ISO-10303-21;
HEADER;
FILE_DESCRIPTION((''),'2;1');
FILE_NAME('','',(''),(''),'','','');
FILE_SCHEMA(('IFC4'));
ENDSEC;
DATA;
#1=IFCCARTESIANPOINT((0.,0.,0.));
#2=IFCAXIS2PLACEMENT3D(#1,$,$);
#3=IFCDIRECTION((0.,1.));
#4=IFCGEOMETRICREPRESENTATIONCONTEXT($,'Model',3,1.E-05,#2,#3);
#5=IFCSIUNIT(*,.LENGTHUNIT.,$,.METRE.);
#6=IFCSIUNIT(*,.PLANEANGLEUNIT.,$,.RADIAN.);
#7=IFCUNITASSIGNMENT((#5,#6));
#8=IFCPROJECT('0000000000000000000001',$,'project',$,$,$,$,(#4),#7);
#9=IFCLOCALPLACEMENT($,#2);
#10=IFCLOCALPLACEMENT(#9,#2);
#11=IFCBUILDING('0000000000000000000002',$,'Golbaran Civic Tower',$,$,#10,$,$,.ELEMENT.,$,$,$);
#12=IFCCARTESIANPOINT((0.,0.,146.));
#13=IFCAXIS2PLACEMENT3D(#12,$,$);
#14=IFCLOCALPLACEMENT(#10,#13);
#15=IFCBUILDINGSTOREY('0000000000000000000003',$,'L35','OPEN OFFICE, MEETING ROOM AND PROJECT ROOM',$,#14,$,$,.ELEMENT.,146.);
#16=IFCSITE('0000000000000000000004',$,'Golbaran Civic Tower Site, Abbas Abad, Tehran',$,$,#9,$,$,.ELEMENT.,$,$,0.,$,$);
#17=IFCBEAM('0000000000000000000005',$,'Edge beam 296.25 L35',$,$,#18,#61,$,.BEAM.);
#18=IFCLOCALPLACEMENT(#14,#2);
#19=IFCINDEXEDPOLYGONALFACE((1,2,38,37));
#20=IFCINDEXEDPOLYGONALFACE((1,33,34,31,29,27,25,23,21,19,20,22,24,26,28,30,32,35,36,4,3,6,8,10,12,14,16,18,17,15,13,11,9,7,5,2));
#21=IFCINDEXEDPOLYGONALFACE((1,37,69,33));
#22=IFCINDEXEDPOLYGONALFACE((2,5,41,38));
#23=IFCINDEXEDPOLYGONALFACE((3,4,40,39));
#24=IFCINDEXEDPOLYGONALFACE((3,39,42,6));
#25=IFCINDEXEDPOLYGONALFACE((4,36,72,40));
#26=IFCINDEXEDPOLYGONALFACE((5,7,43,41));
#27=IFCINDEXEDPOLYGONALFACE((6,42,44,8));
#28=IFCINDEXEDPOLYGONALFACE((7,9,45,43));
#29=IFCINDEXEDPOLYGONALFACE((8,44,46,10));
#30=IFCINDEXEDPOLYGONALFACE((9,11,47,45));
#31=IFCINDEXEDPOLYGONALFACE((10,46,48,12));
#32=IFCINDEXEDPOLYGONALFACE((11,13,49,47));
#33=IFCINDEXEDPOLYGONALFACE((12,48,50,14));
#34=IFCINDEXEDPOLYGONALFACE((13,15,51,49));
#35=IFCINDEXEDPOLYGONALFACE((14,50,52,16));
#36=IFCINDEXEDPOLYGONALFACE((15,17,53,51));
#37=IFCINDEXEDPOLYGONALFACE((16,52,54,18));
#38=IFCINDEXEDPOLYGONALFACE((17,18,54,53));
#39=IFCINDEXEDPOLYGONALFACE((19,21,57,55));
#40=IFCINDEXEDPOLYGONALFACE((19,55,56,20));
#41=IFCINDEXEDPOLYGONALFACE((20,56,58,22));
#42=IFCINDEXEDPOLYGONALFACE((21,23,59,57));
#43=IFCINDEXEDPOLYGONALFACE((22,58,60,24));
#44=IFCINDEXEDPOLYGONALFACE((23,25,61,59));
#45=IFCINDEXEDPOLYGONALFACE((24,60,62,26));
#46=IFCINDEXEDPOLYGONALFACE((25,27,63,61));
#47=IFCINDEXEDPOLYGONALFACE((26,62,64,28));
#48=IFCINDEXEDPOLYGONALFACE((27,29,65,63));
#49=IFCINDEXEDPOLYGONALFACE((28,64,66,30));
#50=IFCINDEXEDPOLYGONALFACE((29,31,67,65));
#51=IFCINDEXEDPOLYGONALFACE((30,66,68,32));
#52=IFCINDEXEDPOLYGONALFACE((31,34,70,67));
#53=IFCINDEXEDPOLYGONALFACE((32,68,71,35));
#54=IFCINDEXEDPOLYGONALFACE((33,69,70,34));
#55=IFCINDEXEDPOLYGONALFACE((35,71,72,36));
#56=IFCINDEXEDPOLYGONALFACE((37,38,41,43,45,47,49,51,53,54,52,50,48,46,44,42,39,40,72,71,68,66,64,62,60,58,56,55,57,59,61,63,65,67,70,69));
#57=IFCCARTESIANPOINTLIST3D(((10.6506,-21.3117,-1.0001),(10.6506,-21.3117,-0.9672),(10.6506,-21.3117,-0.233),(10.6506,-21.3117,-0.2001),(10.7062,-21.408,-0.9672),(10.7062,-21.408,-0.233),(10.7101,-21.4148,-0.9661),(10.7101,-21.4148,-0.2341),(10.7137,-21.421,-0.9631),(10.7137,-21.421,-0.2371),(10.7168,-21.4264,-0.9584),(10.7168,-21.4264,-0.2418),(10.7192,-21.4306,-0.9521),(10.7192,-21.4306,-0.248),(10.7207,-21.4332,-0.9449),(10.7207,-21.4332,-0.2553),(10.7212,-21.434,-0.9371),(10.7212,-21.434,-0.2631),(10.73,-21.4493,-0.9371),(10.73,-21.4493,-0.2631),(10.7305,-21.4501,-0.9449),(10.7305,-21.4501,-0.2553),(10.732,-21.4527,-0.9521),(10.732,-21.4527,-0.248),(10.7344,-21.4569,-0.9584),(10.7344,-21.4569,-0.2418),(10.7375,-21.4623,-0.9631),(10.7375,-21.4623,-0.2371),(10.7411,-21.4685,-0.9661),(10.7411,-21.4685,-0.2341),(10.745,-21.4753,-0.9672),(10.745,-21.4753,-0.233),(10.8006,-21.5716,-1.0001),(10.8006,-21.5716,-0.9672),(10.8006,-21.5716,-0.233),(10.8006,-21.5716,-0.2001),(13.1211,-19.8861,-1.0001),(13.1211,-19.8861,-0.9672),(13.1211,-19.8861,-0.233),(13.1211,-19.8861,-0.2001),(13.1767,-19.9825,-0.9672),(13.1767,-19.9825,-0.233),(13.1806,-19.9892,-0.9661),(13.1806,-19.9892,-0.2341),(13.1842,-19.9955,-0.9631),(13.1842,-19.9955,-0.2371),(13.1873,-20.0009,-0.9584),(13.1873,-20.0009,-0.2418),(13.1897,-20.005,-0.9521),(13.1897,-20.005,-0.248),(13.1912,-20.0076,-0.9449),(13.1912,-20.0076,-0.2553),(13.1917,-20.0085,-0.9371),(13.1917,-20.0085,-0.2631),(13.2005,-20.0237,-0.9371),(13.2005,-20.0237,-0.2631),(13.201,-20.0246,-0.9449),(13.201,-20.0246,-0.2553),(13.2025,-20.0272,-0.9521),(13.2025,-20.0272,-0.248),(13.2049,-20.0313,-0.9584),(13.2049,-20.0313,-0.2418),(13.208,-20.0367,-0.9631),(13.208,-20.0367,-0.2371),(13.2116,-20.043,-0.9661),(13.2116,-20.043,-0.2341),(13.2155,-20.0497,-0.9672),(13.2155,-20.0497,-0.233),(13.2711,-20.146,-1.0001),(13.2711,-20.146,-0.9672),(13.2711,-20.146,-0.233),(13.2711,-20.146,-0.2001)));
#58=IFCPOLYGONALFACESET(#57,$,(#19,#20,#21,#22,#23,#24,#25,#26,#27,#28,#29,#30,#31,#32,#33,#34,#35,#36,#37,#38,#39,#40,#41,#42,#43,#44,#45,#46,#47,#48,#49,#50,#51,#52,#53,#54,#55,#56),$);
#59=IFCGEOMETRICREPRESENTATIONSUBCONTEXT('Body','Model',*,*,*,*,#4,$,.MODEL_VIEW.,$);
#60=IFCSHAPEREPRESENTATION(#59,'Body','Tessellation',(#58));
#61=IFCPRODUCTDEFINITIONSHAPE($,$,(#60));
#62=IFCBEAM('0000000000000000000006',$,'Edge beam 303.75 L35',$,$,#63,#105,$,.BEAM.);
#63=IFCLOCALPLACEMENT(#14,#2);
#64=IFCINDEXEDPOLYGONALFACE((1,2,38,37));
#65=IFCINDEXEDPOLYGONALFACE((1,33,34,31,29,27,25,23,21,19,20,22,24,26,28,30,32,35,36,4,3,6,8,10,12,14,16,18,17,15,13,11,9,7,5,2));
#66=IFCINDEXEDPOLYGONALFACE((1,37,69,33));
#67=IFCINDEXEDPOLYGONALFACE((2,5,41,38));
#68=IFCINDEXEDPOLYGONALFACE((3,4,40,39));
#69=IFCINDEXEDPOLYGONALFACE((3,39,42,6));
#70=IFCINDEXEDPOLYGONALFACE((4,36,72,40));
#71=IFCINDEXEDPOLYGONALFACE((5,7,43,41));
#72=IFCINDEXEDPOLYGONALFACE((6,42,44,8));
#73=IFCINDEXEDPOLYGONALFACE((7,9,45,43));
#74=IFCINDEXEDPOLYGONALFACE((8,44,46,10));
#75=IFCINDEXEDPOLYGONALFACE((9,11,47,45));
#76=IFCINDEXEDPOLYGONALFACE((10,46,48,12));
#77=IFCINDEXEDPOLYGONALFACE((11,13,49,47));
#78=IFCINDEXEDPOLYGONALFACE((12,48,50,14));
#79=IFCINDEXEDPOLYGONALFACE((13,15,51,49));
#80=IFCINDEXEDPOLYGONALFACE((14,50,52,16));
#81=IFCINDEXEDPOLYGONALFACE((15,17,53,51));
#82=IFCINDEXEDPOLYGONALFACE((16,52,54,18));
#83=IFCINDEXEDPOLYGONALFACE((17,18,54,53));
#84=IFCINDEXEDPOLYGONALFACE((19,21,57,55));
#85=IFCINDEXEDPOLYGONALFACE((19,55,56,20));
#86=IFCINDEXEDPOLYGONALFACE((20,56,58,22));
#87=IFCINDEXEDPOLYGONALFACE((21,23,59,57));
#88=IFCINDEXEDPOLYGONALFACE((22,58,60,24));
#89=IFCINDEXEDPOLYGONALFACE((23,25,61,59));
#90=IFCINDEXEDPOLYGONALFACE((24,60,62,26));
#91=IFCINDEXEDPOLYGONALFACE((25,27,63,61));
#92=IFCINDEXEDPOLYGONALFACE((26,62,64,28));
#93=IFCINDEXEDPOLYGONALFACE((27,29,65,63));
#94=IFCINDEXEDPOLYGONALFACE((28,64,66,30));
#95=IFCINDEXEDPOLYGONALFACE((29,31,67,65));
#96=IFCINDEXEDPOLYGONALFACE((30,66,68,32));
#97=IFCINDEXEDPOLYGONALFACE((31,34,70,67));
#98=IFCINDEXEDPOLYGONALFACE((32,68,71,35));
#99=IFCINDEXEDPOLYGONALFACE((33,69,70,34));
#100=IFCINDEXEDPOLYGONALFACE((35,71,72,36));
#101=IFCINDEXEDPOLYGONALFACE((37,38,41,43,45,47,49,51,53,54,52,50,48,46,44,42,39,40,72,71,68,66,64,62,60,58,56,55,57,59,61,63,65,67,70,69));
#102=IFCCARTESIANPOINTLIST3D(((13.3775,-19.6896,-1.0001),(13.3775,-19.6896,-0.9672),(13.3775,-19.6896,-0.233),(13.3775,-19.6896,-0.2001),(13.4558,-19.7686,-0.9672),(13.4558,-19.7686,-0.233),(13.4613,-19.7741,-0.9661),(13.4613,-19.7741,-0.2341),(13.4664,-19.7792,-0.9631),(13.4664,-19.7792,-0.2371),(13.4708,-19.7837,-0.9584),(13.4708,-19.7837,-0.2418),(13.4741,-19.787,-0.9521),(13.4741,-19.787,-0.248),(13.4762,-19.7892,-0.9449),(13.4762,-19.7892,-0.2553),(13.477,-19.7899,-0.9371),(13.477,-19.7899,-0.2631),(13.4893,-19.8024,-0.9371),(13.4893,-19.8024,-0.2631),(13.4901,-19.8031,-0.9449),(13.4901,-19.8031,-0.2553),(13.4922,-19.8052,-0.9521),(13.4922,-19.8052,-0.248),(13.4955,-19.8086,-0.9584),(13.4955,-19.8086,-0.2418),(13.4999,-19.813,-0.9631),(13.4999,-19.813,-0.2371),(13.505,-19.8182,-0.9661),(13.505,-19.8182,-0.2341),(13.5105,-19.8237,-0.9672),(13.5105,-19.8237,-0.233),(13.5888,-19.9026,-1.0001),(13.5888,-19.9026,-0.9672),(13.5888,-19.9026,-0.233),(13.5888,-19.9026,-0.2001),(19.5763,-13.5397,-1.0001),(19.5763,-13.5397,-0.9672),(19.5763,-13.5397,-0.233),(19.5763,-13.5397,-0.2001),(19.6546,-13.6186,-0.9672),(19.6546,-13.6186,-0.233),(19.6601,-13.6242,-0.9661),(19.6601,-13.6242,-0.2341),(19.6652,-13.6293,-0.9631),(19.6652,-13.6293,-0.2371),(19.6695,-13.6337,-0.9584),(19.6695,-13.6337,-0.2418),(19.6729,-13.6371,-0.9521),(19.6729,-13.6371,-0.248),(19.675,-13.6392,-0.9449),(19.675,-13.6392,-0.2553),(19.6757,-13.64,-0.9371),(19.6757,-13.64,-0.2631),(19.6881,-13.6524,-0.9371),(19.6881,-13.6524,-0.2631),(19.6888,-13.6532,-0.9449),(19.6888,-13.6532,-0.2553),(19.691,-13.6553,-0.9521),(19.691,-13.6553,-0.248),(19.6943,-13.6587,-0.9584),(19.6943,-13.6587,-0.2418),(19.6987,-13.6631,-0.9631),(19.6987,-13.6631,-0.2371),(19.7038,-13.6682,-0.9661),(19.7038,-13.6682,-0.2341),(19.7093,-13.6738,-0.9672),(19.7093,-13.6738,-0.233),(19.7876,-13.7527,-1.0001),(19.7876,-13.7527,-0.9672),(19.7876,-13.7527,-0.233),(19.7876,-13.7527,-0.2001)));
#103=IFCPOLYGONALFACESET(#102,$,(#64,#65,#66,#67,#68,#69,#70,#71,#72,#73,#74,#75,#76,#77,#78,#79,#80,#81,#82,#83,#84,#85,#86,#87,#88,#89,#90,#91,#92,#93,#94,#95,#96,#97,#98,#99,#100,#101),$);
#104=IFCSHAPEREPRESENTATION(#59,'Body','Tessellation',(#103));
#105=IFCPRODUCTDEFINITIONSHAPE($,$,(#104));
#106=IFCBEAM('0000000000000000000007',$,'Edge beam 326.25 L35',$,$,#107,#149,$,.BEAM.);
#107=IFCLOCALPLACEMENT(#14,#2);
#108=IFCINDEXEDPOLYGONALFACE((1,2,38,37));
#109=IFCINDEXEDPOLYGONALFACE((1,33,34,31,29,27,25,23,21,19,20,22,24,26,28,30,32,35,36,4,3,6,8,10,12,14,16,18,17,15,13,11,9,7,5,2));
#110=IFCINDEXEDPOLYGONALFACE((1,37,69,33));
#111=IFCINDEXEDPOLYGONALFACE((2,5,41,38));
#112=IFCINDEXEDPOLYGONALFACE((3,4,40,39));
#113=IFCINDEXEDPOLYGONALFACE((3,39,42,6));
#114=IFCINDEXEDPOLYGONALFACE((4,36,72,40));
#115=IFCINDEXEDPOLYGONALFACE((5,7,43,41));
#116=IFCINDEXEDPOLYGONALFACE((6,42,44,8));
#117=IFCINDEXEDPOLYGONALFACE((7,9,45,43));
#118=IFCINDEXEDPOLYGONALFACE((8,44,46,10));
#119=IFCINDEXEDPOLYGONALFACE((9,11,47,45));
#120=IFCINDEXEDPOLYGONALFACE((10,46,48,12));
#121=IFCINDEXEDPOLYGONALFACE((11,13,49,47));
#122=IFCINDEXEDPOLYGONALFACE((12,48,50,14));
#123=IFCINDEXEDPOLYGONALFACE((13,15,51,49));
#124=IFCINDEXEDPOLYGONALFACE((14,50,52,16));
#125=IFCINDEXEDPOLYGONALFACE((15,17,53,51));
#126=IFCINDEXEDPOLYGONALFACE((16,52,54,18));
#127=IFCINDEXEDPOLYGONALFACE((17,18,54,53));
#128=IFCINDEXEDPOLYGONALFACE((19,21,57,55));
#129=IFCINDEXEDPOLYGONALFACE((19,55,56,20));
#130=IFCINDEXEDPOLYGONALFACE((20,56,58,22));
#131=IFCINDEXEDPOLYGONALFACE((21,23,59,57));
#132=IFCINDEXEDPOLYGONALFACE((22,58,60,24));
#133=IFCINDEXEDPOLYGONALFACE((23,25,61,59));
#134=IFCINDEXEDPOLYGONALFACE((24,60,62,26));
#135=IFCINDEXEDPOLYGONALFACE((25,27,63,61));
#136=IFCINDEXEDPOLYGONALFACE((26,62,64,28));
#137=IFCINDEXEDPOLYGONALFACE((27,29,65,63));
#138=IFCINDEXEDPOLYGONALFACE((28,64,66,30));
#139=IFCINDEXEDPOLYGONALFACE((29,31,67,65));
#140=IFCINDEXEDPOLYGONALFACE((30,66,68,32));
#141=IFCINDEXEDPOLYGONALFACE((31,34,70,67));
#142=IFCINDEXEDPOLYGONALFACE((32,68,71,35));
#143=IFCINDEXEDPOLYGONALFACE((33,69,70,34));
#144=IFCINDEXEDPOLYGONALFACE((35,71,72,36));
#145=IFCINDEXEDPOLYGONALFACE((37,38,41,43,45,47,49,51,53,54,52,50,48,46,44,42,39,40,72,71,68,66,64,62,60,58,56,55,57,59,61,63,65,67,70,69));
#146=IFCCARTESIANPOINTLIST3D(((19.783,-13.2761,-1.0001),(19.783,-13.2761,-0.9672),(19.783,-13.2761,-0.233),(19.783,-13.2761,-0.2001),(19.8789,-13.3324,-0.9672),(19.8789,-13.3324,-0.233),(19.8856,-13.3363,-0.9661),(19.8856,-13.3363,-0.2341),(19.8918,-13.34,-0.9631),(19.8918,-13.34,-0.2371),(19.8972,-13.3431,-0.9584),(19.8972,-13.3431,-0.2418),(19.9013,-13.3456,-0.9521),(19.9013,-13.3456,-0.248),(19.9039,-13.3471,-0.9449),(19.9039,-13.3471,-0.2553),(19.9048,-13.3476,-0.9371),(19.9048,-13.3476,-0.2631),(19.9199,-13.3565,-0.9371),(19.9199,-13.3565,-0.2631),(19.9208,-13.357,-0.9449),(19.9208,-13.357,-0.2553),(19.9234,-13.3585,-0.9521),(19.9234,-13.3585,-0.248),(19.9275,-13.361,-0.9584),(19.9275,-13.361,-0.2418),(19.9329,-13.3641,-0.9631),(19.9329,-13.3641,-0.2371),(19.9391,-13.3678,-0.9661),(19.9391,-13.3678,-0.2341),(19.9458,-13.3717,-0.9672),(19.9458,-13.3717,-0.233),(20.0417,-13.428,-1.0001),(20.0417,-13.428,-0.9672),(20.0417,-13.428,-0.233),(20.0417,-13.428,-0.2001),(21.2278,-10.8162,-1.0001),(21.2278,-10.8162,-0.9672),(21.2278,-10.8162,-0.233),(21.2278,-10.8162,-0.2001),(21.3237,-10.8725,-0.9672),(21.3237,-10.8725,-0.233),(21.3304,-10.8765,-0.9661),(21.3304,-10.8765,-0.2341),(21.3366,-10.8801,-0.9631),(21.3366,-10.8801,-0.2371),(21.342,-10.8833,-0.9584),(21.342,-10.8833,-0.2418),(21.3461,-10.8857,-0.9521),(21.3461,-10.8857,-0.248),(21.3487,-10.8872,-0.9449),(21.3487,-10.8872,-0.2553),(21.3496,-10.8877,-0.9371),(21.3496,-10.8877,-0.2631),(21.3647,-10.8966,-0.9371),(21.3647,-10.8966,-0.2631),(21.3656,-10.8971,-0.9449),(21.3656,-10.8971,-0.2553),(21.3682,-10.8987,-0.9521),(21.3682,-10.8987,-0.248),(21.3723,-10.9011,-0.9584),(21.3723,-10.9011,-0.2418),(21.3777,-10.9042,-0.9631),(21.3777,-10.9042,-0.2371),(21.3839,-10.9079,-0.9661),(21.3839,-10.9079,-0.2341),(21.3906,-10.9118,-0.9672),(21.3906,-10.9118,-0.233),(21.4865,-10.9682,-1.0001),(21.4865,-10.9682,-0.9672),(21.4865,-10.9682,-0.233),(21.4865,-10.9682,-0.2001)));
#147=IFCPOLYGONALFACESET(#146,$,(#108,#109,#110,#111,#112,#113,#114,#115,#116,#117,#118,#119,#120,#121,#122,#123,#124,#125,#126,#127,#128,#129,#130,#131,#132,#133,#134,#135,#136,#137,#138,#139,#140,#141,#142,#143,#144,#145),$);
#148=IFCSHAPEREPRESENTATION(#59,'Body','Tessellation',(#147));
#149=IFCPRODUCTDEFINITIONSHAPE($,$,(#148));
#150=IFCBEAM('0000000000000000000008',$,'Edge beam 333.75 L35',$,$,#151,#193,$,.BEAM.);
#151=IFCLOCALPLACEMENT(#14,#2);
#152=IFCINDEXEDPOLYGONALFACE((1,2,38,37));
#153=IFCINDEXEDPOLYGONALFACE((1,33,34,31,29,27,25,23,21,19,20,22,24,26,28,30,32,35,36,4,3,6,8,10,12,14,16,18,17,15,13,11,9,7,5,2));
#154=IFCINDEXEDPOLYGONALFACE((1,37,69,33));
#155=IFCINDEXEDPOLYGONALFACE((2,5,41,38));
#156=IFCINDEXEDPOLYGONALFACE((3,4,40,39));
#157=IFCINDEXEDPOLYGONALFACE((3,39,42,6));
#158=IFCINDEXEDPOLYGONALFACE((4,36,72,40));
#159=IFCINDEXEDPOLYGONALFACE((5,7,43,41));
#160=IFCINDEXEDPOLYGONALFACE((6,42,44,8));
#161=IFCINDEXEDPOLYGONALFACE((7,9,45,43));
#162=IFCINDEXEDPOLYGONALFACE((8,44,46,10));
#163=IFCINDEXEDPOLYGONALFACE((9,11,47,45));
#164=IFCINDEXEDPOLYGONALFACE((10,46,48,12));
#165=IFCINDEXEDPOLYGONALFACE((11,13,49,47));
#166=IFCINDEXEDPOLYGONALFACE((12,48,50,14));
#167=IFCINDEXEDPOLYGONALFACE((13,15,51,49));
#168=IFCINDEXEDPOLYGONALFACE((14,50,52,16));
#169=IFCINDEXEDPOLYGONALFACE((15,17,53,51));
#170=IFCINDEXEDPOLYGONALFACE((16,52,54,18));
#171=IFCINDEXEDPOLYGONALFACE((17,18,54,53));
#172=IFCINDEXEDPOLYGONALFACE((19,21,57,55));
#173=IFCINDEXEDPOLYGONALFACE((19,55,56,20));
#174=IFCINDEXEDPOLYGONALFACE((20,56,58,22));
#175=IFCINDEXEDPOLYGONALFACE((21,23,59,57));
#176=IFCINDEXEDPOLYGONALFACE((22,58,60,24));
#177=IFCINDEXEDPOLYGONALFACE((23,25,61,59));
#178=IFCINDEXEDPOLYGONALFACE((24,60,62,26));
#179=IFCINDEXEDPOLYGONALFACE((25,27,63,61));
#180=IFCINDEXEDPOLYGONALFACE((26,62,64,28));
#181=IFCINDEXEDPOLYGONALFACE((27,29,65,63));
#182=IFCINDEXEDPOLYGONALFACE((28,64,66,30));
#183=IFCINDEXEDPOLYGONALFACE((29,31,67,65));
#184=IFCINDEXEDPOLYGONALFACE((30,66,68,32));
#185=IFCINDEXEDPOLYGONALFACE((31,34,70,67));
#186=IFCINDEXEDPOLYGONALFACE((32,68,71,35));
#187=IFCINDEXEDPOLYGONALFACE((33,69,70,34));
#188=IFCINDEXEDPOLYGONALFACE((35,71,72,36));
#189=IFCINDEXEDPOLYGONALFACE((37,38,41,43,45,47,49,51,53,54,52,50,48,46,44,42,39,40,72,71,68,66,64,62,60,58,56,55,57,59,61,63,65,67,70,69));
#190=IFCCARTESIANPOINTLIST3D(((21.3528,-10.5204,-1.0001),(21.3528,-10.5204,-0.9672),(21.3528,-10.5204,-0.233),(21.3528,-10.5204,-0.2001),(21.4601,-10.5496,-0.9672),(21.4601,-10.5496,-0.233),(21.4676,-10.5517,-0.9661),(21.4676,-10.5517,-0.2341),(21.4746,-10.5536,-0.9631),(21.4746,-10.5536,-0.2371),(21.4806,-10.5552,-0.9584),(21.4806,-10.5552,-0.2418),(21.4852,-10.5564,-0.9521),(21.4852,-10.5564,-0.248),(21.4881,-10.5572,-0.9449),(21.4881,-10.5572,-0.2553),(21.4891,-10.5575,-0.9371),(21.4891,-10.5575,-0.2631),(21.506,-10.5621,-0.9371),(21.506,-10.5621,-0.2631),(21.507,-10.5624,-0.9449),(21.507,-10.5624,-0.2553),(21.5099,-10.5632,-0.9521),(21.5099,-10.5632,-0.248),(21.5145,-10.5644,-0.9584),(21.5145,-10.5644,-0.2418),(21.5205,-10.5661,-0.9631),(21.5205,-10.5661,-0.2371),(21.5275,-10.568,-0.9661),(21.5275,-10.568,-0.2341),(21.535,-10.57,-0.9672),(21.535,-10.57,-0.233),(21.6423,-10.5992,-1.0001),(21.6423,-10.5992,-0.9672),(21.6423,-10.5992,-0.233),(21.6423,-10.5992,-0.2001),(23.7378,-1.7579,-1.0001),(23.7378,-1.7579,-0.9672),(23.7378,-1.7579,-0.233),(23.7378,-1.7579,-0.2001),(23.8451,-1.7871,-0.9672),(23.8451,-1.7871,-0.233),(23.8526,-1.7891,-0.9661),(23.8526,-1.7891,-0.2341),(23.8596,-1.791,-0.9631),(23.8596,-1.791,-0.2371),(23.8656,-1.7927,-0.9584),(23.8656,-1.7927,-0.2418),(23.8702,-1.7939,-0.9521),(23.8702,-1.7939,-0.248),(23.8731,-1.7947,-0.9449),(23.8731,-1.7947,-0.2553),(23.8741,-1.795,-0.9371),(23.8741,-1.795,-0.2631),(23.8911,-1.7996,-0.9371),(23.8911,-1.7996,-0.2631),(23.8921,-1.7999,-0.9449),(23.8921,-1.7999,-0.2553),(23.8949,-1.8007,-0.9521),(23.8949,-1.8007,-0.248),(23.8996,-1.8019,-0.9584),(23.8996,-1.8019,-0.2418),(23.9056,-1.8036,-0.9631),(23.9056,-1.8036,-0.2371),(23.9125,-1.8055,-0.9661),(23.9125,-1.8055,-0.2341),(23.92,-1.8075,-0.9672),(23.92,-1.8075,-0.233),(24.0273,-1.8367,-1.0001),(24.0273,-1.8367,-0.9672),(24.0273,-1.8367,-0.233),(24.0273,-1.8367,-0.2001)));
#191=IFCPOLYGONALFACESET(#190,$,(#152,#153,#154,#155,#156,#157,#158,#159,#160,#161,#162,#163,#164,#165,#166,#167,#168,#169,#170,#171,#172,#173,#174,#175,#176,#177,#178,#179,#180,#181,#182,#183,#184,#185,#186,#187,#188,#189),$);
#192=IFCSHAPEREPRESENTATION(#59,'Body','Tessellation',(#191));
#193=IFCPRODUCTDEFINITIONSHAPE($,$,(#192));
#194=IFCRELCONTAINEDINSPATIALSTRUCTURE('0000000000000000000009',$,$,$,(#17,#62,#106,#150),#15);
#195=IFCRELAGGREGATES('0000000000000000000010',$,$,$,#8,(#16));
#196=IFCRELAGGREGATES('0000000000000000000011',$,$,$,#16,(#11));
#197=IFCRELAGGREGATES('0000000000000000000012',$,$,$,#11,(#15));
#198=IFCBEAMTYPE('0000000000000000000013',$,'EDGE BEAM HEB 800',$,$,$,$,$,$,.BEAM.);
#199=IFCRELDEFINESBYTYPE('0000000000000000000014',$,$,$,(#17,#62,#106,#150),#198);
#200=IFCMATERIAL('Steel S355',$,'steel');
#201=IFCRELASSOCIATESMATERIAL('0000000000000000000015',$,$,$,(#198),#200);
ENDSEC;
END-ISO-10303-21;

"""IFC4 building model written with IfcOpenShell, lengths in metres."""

from ifc_helpers import new_model, si_unit, direction, frame, origin, origin_2d, place, context, subcontext, project, spatial, i_section, extrude, material, material_profile, profile_set, type_object, element, save


model = new_model("IFC4")

# Units and contexts
model_context = context("Model", 3, precision=1e-05, world=origin(), true_north=direction((0.0, 1.0)))
body_context = subcontext(model_context, "Body", "Model", "MODEL_VIEW")
ifc_project = project(units=[si_unit("LENGTHUNIT", "METRE"), si_unit("PLANEANGLEUNIT", "RADIAN")], contexts=[model_context])

# Site, building, storey
site_placement = place(None, origin())
site = spatial("IfcSite", under=ifc_project, at=site_placement, Name="Golbaran Civic Tower Site, Abbas Abad, Tehran", CompositionType="ELEMENT", RefElevation=0.0)
building_placement = place(site_placement, origin())
building = spatial("IfcBuilding", under=site, at=building_placement, Name="Golbaran Civic Tower", CompositionType="ELEMENT")
storey_placement = place(building_placement, frame((0.0, 0.0, 146.0)))
storey = spatial("IfcBuildingStorey", under=building, at=storey_placement, Name="L35", Description="OPEN OFFICE, MEETING ROOM AND PROJECT ROOM", CompositionType="ELEMENT", Elevation=146.0)

# Beams
ifc_material_1 = material(Name="Steel S355", Category="steel")
ifc_material_profile_1 = material_profile(ifc_material_1, i_section(OverallWidth=0.3, OverallDepth=0.8, WebThickness=0.0176, FlangeThickness=0.033, FilletRadius=0.03, at=origin_2d()), Name="HEB 800")
ifc_profile_set_1 = profile_set([ifc_material_profile_1], Name="Steel S355")
beam_type_1 = type_object("IfcBeamType", Name="EDGE BEAM HEB 800", PredefinedType="BEAM", material=ifc_profile_set_1)
beam_1_placement = place(storey_placement, frame((10.7256, -21.4417, -0.6001), z_axis=(0.866144, 0.499794, 0.0), x_axis=(-0.499794, 0.866144, 0.0)))
element("IfcBeam", 1, at=beam_1_placement, inside=storey, type_object=beam_type_1, Name="Edge beam 296.25 L35", PredefinedType="BEAM", context=body_context, shape_type="SweptSolid", body=[
    extrude(i_section(OverallWidth=0.3, OverallDepth=0.8, WebThickness=0.0176, FlangeThickness=0.033, FilletRadius=0.03, at=origin_2d()), origin(), (0.0, 0.0, 1.0), 2.8523),
])
beam_2_placement = place(storey_placement, frame((13.4832, -19.7961, -0.6001), z_axis=(0.709897, 0.704305, 0.0), x_axis=(-0.704305, 0.709897, 0.0)))
element("IfcBeam", 2, at=beam_2_placement, inside=storey, type_object=beam_type_1, Name="Edge beam 303.75 L35", PredefinedType="BEAM", context=body_context, shape_type="SweptSolid", body=[
    extrude(i_section(OverallWidth=0.3, OverallDepth=0.8, WebThickness=0.0176, FlangeThickness=0.033, FilletRadius=0.03, at=origin_2d()), origin(), (0.0, 0.0, 1.0), 8.7319),
])
beam_3_placement = place(storey_placement, frame((19.9124, -13.3521, -0.6001), z_axis=(0.506444, 0.862273, 0.0), x_axis=(-0.862273, 0.506444, 0.0)))
element("IfcBeam", 3, at=beam_3_placement, inside=storey, type_object=beam_type_1, Name="Edge beam 326.25 L35", PredefinedType="BEAM", context=body_context, shape_type="SweptSolid", body=[
    extrude(i_section(OverallWidth=0.3, OverallDepth=0.8, WebThickness=0.0176, FlangeThickness=0.033, FilletRadius=0.03, at=origin_2d()), origin(), (0.0, 0.0, 1.0), 2.8528),
])
beam_4_placement = place(storey_placement, frame((21.4976, -10.5598, -0.6001), z_axis=(0.262631, 0.964896, 0.0), x_axis=(-0.964896, 0.262631, 0.0)))
element("IfcBeam", 4, at=beam_4_placement, inside=storey, type_object=beam_type_1, Name="Edge beam 333.75 L35", PredefinedType="BEAM", context=body_context, shape_type="SweptSolid", body=[
    extrude(i_section(OverallWidth=0.3, OverallDepth=0.8, WebThickness=0.0176, FlangeThickness=0.033, FilletRadius=0.03, at=origin_2d()), origin(), (0.0, 0.0, 1.0), 9.0813),
])

save(model, "model.ifc")
